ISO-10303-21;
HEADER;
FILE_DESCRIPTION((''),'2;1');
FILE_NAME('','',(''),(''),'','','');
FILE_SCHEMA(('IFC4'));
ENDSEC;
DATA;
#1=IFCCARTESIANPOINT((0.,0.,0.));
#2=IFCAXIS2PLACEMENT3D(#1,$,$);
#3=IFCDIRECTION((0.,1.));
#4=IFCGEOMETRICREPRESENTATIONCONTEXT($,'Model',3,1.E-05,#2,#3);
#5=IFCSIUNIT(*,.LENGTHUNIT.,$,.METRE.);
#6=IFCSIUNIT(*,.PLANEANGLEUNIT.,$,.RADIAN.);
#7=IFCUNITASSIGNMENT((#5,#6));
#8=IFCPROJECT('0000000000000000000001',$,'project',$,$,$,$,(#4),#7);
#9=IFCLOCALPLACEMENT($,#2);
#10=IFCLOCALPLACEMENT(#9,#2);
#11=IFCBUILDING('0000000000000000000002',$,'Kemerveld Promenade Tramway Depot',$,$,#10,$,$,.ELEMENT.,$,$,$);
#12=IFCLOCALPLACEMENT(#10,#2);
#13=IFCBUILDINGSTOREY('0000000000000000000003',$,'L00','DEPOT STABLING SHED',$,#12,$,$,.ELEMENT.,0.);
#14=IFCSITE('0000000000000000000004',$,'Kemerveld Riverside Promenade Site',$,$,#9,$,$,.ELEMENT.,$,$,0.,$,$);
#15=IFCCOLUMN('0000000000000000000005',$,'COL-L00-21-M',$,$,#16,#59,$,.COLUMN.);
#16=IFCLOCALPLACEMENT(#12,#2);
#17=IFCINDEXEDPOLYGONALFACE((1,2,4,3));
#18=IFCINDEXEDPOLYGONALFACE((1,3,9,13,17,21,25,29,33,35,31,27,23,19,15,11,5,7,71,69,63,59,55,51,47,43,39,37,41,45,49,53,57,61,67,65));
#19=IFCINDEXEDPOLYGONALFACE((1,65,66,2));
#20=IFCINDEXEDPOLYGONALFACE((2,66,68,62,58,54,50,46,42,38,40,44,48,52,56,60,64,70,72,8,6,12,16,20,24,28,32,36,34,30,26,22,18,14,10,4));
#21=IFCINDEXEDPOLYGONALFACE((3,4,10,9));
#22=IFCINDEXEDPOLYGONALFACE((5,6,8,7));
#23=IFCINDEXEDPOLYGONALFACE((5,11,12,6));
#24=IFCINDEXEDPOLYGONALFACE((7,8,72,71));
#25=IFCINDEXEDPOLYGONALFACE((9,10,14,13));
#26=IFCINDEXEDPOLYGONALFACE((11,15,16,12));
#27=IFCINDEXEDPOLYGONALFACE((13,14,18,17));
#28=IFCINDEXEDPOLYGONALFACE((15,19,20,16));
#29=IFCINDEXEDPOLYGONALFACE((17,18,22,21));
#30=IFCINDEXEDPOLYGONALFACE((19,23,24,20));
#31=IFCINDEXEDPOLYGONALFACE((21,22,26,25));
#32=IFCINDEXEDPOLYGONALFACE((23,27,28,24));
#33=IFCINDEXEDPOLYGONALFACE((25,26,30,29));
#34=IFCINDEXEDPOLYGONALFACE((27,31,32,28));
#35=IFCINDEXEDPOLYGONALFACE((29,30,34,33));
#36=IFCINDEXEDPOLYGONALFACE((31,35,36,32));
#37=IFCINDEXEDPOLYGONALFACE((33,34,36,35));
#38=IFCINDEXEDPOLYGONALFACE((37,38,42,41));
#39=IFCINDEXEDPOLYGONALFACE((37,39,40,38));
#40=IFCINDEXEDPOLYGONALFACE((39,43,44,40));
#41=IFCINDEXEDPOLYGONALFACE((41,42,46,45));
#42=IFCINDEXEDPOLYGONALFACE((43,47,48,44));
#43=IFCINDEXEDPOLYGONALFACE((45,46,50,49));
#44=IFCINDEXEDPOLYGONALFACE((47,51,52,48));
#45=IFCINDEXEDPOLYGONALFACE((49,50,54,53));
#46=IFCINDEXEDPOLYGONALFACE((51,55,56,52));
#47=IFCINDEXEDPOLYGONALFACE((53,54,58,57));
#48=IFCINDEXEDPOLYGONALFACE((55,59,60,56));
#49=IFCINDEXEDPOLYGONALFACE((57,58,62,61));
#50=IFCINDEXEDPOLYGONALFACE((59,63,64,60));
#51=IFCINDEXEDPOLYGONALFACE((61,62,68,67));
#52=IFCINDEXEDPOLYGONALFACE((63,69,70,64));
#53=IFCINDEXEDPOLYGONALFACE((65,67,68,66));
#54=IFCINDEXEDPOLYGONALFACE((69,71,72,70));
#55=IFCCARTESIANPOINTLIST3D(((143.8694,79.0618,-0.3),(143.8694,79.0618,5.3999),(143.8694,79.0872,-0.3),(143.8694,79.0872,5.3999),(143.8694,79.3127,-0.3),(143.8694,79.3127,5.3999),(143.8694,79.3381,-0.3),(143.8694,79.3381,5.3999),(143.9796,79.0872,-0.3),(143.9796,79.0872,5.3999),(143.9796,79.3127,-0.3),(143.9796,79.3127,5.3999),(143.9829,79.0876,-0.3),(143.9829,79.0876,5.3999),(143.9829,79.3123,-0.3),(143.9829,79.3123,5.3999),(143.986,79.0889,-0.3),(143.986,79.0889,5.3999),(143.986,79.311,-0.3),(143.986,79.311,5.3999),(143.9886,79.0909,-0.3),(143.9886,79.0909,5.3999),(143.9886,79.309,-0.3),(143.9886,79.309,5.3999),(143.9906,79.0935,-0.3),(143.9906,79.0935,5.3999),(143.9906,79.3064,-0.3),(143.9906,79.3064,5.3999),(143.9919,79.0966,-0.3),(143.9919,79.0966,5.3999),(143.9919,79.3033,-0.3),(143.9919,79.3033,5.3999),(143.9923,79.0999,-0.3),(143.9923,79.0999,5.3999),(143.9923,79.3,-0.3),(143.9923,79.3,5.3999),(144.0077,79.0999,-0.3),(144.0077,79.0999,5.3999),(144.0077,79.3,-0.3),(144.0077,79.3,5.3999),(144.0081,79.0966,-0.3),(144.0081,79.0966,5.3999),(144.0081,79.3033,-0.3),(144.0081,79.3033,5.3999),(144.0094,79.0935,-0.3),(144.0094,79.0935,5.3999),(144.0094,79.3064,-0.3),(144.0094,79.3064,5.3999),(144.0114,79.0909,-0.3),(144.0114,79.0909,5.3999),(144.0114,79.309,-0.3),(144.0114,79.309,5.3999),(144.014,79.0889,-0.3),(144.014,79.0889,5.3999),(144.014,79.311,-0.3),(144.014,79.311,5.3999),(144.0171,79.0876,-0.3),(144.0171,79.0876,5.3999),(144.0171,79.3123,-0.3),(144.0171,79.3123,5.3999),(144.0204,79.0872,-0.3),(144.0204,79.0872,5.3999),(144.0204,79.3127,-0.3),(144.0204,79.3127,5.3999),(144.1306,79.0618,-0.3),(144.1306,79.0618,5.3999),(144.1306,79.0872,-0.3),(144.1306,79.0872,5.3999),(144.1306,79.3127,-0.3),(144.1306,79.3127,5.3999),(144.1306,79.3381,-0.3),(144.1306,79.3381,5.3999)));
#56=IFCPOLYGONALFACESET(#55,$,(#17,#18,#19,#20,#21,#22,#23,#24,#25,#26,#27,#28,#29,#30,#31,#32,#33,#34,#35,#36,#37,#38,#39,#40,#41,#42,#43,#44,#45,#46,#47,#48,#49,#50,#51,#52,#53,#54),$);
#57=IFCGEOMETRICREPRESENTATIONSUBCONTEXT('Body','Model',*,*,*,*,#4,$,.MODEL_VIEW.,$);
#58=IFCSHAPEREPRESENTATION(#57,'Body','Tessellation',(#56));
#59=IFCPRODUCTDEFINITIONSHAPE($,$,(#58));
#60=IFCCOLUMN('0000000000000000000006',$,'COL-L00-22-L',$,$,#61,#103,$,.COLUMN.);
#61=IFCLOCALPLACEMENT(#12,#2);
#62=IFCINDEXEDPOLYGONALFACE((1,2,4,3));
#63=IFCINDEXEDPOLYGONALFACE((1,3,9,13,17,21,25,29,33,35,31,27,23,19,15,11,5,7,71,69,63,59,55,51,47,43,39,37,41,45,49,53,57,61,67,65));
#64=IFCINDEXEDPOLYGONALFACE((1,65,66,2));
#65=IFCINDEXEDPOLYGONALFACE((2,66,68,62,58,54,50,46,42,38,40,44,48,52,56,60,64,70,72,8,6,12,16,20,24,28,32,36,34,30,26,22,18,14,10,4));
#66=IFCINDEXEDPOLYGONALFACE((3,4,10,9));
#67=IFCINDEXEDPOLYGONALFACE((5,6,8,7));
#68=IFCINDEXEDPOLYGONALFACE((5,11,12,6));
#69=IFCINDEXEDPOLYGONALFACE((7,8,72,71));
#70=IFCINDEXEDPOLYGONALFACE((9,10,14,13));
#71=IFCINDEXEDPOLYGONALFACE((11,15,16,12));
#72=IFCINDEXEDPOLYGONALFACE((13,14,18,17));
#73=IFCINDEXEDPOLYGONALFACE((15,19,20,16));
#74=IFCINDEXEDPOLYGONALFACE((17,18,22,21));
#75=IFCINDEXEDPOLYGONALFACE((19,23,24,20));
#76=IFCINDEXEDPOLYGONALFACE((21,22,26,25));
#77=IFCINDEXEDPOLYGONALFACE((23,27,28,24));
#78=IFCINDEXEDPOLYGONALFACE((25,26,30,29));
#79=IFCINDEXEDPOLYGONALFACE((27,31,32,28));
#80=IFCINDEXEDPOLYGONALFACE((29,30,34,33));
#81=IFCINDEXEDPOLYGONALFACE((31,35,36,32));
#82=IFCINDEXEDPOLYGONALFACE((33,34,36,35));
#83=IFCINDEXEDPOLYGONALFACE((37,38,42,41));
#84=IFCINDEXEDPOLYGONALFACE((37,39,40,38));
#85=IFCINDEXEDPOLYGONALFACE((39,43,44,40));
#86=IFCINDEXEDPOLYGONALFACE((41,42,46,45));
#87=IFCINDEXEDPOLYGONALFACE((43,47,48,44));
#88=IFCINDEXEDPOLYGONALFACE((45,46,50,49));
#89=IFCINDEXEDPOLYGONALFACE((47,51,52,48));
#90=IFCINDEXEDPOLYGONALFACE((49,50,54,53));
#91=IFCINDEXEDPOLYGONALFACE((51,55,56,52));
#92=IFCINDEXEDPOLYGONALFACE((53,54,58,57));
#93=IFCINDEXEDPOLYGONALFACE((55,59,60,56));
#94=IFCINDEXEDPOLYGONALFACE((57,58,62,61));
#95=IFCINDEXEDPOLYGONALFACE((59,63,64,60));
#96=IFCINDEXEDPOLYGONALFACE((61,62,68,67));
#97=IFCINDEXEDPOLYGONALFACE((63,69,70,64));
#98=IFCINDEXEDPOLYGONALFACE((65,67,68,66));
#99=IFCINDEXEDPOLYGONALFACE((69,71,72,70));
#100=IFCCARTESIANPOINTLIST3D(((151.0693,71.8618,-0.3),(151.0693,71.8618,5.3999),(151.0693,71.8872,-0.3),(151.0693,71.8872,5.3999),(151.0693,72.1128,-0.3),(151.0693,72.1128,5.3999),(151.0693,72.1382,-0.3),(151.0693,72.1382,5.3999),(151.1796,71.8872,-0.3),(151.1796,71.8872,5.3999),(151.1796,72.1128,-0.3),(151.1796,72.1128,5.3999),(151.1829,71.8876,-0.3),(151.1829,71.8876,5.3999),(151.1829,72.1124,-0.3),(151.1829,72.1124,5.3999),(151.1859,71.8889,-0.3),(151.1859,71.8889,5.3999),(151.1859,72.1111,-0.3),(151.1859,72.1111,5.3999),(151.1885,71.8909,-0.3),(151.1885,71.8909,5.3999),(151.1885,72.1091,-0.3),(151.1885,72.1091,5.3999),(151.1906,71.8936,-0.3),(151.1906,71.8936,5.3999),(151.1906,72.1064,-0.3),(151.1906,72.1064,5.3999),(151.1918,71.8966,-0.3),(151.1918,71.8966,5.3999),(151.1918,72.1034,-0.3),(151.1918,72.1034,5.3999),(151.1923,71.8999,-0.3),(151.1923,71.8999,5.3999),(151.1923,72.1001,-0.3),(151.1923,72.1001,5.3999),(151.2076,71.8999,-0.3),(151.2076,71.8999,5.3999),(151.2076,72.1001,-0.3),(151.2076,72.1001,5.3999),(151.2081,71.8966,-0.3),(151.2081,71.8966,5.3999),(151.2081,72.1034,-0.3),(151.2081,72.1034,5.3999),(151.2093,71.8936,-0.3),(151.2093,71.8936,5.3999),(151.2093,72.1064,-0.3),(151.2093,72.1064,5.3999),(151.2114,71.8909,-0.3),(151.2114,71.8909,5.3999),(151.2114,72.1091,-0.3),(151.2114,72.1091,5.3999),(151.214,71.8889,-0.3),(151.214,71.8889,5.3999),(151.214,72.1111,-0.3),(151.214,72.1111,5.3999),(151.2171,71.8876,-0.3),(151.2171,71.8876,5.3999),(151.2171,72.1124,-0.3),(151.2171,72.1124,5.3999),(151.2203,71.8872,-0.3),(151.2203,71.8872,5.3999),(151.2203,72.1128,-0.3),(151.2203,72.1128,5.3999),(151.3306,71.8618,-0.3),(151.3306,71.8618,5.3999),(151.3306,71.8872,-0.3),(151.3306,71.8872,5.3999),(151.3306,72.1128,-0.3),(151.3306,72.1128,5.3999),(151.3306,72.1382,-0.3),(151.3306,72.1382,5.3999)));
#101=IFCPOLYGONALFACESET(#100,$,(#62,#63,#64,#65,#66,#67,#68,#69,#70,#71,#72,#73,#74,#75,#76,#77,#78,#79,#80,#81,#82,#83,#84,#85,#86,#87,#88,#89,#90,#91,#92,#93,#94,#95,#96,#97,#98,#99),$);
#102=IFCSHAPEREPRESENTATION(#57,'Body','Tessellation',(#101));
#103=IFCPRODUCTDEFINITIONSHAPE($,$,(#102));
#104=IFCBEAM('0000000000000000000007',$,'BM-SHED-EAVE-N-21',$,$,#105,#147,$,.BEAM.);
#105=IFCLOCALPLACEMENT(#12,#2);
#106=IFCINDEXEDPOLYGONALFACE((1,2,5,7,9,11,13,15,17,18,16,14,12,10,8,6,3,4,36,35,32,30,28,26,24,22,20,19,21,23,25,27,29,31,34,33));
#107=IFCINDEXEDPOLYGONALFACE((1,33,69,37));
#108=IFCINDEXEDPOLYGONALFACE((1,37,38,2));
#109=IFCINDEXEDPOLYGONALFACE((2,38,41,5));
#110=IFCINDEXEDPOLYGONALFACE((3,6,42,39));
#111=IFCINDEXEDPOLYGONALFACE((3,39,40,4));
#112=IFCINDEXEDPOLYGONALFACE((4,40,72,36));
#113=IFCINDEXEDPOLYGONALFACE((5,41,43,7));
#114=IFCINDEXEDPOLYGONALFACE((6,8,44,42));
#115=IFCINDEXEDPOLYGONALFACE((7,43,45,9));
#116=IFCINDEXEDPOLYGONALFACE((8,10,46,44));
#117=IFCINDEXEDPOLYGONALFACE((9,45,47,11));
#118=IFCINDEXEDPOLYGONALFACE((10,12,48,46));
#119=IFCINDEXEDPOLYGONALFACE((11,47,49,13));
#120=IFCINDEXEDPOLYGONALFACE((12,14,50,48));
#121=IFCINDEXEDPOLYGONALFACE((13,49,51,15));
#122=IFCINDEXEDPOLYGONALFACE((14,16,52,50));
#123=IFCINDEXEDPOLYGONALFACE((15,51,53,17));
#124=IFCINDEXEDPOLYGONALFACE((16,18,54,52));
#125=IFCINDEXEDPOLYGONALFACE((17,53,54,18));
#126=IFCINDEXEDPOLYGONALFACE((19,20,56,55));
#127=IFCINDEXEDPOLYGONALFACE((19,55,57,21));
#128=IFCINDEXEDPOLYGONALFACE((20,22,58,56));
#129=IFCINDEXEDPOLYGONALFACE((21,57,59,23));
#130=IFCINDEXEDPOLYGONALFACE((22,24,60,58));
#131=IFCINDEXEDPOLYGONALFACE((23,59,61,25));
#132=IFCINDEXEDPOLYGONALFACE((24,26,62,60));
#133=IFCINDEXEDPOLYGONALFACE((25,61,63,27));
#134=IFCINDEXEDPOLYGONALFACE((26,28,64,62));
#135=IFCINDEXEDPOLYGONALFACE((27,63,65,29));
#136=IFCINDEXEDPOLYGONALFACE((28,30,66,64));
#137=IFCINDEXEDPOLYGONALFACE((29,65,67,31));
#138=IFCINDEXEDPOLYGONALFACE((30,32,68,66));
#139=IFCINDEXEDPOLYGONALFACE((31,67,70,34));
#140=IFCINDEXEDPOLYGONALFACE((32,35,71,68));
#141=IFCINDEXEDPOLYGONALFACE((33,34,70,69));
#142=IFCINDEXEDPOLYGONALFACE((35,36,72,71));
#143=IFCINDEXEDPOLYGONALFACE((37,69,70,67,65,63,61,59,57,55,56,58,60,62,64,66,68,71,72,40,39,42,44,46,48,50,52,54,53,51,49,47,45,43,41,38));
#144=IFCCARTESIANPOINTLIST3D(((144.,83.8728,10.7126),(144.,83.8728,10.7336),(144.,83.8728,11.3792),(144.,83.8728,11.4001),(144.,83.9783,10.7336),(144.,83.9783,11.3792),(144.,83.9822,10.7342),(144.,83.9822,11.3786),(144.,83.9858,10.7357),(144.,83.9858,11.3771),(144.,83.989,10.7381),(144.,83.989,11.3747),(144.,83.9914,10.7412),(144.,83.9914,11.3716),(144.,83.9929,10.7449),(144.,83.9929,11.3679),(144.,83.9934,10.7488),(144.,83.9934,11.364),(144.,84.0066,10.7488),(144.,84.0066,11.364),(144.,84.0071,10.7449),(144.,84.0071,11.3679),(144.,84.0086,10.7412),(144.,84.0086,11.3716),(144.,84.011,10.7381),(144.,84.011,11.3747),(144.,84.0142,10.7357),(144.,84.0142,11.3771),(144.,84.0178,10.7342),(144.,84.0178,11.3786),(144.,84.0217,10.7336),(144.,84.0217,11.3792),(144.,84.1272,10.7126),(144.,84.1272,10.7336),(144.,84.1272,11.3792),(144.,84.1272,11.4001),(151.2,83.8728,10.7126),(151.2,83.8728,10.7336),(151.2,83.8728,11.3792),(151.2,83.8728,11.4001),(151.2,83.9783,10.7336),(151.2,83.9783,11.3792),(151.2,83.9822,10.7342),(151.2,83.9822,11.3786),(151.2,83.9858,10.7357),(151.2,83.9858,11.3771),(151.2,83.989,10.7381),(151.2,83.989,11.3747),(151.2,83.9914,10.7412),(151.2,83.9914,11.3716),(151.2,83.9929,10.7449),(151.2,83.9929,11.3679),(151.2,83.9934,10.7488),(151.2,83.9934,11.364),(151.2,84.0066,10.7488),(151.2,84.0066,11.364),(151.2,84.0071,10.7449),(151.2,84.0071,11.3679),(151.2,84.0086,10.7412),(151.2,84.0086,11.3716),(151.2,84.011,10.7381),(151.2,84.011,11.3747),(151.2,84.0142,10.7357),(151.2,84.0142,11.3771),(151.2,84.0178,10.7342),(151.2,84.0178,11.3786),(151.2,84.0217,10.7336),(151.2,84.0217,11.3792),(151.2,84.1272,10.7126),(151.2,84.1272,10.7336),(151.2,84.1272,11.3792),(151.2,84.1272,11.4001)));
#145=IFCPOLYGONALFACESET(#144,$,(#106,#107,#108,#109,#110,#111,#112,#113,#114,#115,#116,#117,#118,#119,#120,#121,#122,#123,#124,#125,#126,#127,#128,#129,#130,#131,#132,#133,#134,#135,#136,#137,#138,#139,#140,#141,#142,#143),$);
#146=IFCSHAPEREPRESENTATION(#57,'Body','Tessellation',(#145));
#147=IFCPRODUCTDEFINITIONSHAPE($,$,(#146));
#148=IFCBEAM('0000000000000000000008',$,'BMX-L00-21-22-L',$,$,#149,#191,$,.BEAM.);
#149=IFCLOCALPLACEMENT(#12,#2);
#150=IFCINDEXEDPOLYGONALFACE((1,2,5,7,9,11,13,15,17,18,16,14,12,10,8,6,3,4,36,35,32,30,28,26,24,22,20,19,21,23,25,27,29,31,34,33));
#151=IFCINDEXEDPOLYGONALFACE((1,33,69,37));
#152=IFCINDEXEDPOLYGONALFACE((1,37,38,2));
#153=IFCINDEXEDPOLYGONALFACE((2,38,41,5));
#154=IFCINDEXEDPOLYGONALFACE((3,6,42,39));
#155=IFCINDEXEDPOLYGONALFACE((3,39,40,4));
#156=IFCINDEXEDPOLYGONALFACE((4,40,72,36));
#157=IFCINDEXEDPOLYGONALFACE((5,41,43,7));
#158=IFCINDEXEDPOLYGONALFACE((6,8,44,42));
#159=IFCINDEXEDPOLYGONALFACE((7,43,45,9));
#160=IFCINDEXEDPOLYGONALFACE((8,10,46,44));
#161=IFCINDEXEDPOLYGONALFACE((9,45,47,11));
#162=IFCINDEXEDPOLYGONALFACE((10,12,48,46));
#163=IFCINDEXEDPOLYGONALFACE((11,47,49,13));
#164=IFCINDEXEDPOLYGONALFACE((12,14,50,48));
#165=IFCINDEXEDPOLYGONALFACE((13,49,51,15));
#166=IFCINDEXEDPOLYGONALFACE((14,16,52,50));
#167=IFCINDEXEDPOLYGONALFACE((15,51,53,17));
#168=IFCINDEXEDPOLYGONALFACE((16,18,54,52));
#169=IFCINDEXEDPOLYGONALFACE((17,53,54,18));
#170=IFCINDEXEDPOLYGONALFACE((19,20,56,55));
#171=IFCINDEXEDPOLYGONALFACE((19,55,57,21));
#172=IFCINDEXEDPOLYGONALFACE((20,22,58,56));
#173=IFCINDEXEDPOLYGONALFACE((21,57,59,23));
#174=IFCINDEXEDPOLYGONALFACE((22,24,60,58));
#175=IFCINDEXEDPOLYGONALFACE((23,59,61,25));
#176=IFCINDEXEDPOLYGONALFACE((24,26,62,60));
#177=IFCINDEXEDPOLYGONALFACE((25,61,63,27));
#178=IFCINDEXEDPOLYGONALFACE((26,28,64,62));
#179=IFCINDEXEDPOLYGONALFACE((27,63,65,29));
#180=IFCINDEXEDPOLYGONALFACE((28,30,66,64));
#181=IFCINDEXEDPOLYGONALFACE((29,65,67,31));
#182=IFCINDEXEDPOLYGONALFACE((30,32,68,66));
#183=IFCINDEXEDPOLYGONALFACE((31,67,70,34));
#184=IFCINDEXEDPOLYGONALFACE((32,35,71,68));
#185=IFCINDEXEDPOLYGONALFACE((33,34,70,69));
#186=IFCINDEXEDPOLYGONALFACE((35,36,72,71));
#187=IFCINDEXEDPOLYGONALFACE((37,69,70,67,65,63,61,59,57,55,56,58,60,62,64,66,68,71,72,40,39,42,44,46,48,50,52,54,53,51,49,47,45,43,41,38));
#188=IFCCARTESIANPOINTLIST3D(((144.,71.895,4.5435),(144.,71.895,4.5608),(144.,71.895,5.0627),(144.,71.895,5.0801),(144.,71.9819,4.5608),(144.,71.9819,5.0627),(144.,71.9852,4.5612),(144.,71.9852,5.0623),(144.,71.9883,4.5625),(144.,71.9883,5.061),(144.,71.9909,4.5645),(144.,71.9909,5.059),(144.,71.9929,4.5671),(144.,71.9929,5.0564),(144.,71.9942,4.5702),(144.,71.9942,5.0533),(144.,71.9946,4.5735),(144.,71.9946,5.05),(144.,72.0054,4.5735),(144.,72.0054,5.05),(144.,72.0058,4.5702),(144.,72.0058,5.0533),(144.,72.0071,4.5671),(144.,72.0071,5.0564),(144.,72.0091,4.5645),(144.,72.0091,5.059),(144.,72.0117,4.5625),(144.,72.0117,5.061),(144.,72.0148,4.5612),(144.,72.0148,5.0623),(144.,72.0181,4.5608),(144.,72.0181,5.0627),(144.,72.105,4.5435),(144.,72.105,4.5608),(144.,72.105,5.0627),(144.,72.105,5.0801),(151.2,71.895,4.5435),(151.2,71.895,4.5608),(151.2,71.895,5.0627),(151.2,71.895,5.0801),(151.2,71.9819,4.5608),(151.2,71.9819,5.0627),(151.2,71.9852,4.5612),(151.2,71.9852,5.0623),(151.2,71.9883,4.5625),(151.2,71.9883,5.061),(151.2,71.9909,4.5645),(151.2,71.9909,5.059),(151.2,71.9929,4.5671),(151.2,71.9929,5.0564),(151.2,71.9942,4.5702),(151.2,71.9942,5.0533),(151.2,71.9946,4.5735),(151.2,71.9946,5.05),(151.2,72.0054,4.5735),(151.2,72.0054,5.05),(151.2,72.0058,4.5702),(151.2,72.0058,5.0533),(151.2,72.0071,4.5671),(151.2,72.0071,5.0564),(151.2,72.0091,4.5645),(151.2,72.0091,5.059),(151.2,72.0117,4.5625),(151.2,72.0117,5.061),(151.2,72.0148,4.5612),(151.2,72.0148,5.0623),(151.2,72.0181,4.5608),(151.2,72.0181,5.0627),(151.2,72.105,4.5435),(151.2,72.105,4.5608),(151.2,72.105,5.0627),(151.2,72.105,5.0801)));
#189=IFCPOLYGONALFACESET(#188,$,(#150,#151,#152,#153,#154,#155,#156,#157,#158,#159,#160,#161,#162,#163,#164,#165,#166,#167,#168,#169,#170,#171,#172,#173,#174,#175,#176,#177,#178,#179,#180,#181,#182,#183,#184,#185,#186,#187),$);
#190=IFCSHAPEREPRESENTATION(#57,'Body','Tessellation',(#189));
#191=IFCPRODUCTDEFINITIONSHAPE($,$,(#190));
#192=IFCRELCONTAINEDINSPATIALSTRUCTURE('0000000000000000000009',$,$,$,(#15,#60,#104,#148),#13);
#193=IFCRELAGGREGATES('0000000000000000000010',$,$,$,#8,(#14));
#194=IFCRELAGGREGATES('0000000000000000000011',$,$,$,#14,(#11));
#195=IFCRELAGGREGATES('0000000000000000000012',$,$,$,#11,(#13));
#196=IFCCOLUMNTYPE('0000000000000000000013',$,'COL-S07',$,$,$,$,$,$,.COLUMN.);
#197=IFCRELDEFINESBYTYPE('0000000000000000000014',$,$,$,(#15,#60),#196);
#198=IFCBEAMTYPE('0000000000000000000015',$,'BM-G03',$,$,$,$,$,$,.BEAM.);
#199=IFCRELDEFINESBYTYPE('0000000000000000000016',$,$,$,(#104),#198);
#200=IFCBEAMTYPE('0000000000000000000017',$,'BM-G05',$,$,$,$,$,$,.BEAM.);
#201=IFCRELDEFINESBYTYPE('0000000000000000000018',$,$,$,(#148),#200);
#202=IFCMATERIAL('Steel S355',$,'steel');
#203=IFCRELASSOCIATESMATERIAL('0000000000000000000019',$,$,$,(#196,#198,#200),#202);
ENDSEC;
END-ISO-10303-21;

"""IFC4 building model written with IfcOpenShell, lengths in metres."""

from ifc_helpers import new_model, si_unit, direction, frame, origin, origin_2d, place, context, subcontext, project, spatial, i_section, extrude, material, material_profile, profile_set, type_object, element, save


model = new_model("IFC4")

# Units and contexts
model_context = context("Model", 3, precision=1e-05, world=origin(), true_north=direction((0.0, 1.0)))
body_context = subcontext(model_context, "Body", "Model", "MODEL_VIEW")
ifc_project = project(units=[si_unit("LENGTHUNIT", "METRE"), si_unit("PLANEANGLEUNIT", "RADIAN")], contexts=[model_context])

# Site, building, storey
site_placement = place(None, origin())
site = spatial("IfcSite", under=ifc_project, at=site_placement, Name="Kemerveld Riverside Promenade Site", CompositionType="ELEMENT", RefElevation=0.0)
building_placement = place(site_placement, origin())
building = spatial("IfcBuilding", under=site, at=building_placement, Name="Kemerveld Promenade Tramway Depot", CompositionType="ELEMENT")
storey_placement = place(building_placement, origin())
storey = spatial("IfcBuildingStorey", under=building, at=storey_placement, Name="L00", Description="DEPOT STABLING SHED", CompositionType="ELEMENT", Elevation=0.0)

# Columns
ifc_material_1 = material(Name="Steel S355", Category="steel")
ifc_material_profile_1 = material_profile(ifc_material_1, i_section(OverallWidth=0.2612, OverallDepth=0.2764, WebThickness=0.0154, FlangeThickness=0.0254, FilletRadius=0.0127, at=origin_2d()), Name="254x254x132 UC")
ifc_profile_set_1 = profile_set([ifc_material_profile_1], Name="Steel S355")
column_type_1 = type_object("IfcColumnType", Name="COL-S07", PredefinedType="COLUMN", material=ifc_profile_set_1)
for number, where, z_axis, x_axis, name in (
    (1, (144.0, 79.2, -0.3), (0.0, 0.0, 1.0), (1.0, 0.0, 0.0), "COL-L00-21-M"),
    (2, (151.2, 72.0, -0.3), (0.0, 0.0, 1.0), (1.0, 0.0, 0.0), "COL-L00-22-L"),
):
    element("IfcColumn", number, at=place(storey_placement, frame(where, z_axis=z_axis, x_axis=x_axis)), inside=storey, type_object=column_type_1, Name=name, PredefinedType="COLUMN", context=body_context, shape_type="SweptSolid", body=[
        extrude(i_section(OverallWidth=0.2612, OverallDepth=0.2764, WebThickness=0.0154, FlangeThickness=0.0254, FilletRadius=0.0127, at=origin_2d()), origin(), (0.0, 0.0, 1.0), 5.7),
    ])

# Beams
ifc_material_profile_2 = material_profile(ifc_material_1, i_section(OverallWidth=0.2544, OverallDepth=0.6875, WebThickness=0.0132, FlangeThickness=0.021, FilletRadius=0.0151, at=origin_2d()), Name="686x254x152 UB")
ifc_profile_set_2 = profile_set([ifc_material_profile_2], Name="Steel S355")
beam_type_1 = type_object("IfcBeamType", Name="BM-G03", PredefinedType="BEAM", material=ifc_profile_set_2)
beam_1_placement = place(storey_placement, frame((144.0, 84.0, 11.0564), z_axis=(1.0, 0.0, 0.0), x_axis=(0.0, 1.0, 0.0)))
element("IfcBeam", 3, at=beam_1_placement, inside=storey, type_object=beam_type_1, Name="BM-SHED-EAVE-N-21", PredefinedType="BEAM", context=body_context, shape_type="SweptSolid", body=[
    extrude(i_section(OverallWidth=0.2544, OverallDepth=0.6875, WebThickness=0.0132, FlangeThickness=0.021, FilletRadius=0.0151, at=origin_2d()), origin(), (0.0, 0.0, 1.0), 7.2),
])
ifc_material_profile_3 = material_profile(ifc_material_1, i_section(OverallWidth=0.21, OverallDepth=0.5366, WebThickness=0.0107, FlangeThickness=0.0173, FilletRadius=0.0127, at=origin_2d()), Name="533x210x101 UB")
ifc_profile_set_3 = profile_set([ifc_material_profile_3], Name="Steel S355")
beam_type_2 = type_object("IfcBeamType", Name="BM-G05", PredefinedType="BEAM", material=ifc_profile_set_3)
for number, where, z_axis, x_axis, name in (
    (4, (144.0, 72.0, 4.8118), (1.0, 0.0, 0.0), (0.0, 1.0, 0.0), "BMX-L00-21-22-L"),
):
    element("IfcBeam", number, at=place(storey_placement, frame(where, z_axis=z_axis, x_axis=x_axis)), inside=storey, type_object=beam_type_2, Name=name, PredefinedType="BEAM", context=body_context, shape_type="SweptSolid", body=[
        extrude(i_section(OverallWidth=0.21, OverallDepth=0.5366, WebThickness=0.0107, FlangeThickness=0.0173, FilletRadius=0.0127, at=origin_2d()), origin(), (0.0, 0.0, 1.0), 7.2),
    ])

save(model, "model.ifc")
